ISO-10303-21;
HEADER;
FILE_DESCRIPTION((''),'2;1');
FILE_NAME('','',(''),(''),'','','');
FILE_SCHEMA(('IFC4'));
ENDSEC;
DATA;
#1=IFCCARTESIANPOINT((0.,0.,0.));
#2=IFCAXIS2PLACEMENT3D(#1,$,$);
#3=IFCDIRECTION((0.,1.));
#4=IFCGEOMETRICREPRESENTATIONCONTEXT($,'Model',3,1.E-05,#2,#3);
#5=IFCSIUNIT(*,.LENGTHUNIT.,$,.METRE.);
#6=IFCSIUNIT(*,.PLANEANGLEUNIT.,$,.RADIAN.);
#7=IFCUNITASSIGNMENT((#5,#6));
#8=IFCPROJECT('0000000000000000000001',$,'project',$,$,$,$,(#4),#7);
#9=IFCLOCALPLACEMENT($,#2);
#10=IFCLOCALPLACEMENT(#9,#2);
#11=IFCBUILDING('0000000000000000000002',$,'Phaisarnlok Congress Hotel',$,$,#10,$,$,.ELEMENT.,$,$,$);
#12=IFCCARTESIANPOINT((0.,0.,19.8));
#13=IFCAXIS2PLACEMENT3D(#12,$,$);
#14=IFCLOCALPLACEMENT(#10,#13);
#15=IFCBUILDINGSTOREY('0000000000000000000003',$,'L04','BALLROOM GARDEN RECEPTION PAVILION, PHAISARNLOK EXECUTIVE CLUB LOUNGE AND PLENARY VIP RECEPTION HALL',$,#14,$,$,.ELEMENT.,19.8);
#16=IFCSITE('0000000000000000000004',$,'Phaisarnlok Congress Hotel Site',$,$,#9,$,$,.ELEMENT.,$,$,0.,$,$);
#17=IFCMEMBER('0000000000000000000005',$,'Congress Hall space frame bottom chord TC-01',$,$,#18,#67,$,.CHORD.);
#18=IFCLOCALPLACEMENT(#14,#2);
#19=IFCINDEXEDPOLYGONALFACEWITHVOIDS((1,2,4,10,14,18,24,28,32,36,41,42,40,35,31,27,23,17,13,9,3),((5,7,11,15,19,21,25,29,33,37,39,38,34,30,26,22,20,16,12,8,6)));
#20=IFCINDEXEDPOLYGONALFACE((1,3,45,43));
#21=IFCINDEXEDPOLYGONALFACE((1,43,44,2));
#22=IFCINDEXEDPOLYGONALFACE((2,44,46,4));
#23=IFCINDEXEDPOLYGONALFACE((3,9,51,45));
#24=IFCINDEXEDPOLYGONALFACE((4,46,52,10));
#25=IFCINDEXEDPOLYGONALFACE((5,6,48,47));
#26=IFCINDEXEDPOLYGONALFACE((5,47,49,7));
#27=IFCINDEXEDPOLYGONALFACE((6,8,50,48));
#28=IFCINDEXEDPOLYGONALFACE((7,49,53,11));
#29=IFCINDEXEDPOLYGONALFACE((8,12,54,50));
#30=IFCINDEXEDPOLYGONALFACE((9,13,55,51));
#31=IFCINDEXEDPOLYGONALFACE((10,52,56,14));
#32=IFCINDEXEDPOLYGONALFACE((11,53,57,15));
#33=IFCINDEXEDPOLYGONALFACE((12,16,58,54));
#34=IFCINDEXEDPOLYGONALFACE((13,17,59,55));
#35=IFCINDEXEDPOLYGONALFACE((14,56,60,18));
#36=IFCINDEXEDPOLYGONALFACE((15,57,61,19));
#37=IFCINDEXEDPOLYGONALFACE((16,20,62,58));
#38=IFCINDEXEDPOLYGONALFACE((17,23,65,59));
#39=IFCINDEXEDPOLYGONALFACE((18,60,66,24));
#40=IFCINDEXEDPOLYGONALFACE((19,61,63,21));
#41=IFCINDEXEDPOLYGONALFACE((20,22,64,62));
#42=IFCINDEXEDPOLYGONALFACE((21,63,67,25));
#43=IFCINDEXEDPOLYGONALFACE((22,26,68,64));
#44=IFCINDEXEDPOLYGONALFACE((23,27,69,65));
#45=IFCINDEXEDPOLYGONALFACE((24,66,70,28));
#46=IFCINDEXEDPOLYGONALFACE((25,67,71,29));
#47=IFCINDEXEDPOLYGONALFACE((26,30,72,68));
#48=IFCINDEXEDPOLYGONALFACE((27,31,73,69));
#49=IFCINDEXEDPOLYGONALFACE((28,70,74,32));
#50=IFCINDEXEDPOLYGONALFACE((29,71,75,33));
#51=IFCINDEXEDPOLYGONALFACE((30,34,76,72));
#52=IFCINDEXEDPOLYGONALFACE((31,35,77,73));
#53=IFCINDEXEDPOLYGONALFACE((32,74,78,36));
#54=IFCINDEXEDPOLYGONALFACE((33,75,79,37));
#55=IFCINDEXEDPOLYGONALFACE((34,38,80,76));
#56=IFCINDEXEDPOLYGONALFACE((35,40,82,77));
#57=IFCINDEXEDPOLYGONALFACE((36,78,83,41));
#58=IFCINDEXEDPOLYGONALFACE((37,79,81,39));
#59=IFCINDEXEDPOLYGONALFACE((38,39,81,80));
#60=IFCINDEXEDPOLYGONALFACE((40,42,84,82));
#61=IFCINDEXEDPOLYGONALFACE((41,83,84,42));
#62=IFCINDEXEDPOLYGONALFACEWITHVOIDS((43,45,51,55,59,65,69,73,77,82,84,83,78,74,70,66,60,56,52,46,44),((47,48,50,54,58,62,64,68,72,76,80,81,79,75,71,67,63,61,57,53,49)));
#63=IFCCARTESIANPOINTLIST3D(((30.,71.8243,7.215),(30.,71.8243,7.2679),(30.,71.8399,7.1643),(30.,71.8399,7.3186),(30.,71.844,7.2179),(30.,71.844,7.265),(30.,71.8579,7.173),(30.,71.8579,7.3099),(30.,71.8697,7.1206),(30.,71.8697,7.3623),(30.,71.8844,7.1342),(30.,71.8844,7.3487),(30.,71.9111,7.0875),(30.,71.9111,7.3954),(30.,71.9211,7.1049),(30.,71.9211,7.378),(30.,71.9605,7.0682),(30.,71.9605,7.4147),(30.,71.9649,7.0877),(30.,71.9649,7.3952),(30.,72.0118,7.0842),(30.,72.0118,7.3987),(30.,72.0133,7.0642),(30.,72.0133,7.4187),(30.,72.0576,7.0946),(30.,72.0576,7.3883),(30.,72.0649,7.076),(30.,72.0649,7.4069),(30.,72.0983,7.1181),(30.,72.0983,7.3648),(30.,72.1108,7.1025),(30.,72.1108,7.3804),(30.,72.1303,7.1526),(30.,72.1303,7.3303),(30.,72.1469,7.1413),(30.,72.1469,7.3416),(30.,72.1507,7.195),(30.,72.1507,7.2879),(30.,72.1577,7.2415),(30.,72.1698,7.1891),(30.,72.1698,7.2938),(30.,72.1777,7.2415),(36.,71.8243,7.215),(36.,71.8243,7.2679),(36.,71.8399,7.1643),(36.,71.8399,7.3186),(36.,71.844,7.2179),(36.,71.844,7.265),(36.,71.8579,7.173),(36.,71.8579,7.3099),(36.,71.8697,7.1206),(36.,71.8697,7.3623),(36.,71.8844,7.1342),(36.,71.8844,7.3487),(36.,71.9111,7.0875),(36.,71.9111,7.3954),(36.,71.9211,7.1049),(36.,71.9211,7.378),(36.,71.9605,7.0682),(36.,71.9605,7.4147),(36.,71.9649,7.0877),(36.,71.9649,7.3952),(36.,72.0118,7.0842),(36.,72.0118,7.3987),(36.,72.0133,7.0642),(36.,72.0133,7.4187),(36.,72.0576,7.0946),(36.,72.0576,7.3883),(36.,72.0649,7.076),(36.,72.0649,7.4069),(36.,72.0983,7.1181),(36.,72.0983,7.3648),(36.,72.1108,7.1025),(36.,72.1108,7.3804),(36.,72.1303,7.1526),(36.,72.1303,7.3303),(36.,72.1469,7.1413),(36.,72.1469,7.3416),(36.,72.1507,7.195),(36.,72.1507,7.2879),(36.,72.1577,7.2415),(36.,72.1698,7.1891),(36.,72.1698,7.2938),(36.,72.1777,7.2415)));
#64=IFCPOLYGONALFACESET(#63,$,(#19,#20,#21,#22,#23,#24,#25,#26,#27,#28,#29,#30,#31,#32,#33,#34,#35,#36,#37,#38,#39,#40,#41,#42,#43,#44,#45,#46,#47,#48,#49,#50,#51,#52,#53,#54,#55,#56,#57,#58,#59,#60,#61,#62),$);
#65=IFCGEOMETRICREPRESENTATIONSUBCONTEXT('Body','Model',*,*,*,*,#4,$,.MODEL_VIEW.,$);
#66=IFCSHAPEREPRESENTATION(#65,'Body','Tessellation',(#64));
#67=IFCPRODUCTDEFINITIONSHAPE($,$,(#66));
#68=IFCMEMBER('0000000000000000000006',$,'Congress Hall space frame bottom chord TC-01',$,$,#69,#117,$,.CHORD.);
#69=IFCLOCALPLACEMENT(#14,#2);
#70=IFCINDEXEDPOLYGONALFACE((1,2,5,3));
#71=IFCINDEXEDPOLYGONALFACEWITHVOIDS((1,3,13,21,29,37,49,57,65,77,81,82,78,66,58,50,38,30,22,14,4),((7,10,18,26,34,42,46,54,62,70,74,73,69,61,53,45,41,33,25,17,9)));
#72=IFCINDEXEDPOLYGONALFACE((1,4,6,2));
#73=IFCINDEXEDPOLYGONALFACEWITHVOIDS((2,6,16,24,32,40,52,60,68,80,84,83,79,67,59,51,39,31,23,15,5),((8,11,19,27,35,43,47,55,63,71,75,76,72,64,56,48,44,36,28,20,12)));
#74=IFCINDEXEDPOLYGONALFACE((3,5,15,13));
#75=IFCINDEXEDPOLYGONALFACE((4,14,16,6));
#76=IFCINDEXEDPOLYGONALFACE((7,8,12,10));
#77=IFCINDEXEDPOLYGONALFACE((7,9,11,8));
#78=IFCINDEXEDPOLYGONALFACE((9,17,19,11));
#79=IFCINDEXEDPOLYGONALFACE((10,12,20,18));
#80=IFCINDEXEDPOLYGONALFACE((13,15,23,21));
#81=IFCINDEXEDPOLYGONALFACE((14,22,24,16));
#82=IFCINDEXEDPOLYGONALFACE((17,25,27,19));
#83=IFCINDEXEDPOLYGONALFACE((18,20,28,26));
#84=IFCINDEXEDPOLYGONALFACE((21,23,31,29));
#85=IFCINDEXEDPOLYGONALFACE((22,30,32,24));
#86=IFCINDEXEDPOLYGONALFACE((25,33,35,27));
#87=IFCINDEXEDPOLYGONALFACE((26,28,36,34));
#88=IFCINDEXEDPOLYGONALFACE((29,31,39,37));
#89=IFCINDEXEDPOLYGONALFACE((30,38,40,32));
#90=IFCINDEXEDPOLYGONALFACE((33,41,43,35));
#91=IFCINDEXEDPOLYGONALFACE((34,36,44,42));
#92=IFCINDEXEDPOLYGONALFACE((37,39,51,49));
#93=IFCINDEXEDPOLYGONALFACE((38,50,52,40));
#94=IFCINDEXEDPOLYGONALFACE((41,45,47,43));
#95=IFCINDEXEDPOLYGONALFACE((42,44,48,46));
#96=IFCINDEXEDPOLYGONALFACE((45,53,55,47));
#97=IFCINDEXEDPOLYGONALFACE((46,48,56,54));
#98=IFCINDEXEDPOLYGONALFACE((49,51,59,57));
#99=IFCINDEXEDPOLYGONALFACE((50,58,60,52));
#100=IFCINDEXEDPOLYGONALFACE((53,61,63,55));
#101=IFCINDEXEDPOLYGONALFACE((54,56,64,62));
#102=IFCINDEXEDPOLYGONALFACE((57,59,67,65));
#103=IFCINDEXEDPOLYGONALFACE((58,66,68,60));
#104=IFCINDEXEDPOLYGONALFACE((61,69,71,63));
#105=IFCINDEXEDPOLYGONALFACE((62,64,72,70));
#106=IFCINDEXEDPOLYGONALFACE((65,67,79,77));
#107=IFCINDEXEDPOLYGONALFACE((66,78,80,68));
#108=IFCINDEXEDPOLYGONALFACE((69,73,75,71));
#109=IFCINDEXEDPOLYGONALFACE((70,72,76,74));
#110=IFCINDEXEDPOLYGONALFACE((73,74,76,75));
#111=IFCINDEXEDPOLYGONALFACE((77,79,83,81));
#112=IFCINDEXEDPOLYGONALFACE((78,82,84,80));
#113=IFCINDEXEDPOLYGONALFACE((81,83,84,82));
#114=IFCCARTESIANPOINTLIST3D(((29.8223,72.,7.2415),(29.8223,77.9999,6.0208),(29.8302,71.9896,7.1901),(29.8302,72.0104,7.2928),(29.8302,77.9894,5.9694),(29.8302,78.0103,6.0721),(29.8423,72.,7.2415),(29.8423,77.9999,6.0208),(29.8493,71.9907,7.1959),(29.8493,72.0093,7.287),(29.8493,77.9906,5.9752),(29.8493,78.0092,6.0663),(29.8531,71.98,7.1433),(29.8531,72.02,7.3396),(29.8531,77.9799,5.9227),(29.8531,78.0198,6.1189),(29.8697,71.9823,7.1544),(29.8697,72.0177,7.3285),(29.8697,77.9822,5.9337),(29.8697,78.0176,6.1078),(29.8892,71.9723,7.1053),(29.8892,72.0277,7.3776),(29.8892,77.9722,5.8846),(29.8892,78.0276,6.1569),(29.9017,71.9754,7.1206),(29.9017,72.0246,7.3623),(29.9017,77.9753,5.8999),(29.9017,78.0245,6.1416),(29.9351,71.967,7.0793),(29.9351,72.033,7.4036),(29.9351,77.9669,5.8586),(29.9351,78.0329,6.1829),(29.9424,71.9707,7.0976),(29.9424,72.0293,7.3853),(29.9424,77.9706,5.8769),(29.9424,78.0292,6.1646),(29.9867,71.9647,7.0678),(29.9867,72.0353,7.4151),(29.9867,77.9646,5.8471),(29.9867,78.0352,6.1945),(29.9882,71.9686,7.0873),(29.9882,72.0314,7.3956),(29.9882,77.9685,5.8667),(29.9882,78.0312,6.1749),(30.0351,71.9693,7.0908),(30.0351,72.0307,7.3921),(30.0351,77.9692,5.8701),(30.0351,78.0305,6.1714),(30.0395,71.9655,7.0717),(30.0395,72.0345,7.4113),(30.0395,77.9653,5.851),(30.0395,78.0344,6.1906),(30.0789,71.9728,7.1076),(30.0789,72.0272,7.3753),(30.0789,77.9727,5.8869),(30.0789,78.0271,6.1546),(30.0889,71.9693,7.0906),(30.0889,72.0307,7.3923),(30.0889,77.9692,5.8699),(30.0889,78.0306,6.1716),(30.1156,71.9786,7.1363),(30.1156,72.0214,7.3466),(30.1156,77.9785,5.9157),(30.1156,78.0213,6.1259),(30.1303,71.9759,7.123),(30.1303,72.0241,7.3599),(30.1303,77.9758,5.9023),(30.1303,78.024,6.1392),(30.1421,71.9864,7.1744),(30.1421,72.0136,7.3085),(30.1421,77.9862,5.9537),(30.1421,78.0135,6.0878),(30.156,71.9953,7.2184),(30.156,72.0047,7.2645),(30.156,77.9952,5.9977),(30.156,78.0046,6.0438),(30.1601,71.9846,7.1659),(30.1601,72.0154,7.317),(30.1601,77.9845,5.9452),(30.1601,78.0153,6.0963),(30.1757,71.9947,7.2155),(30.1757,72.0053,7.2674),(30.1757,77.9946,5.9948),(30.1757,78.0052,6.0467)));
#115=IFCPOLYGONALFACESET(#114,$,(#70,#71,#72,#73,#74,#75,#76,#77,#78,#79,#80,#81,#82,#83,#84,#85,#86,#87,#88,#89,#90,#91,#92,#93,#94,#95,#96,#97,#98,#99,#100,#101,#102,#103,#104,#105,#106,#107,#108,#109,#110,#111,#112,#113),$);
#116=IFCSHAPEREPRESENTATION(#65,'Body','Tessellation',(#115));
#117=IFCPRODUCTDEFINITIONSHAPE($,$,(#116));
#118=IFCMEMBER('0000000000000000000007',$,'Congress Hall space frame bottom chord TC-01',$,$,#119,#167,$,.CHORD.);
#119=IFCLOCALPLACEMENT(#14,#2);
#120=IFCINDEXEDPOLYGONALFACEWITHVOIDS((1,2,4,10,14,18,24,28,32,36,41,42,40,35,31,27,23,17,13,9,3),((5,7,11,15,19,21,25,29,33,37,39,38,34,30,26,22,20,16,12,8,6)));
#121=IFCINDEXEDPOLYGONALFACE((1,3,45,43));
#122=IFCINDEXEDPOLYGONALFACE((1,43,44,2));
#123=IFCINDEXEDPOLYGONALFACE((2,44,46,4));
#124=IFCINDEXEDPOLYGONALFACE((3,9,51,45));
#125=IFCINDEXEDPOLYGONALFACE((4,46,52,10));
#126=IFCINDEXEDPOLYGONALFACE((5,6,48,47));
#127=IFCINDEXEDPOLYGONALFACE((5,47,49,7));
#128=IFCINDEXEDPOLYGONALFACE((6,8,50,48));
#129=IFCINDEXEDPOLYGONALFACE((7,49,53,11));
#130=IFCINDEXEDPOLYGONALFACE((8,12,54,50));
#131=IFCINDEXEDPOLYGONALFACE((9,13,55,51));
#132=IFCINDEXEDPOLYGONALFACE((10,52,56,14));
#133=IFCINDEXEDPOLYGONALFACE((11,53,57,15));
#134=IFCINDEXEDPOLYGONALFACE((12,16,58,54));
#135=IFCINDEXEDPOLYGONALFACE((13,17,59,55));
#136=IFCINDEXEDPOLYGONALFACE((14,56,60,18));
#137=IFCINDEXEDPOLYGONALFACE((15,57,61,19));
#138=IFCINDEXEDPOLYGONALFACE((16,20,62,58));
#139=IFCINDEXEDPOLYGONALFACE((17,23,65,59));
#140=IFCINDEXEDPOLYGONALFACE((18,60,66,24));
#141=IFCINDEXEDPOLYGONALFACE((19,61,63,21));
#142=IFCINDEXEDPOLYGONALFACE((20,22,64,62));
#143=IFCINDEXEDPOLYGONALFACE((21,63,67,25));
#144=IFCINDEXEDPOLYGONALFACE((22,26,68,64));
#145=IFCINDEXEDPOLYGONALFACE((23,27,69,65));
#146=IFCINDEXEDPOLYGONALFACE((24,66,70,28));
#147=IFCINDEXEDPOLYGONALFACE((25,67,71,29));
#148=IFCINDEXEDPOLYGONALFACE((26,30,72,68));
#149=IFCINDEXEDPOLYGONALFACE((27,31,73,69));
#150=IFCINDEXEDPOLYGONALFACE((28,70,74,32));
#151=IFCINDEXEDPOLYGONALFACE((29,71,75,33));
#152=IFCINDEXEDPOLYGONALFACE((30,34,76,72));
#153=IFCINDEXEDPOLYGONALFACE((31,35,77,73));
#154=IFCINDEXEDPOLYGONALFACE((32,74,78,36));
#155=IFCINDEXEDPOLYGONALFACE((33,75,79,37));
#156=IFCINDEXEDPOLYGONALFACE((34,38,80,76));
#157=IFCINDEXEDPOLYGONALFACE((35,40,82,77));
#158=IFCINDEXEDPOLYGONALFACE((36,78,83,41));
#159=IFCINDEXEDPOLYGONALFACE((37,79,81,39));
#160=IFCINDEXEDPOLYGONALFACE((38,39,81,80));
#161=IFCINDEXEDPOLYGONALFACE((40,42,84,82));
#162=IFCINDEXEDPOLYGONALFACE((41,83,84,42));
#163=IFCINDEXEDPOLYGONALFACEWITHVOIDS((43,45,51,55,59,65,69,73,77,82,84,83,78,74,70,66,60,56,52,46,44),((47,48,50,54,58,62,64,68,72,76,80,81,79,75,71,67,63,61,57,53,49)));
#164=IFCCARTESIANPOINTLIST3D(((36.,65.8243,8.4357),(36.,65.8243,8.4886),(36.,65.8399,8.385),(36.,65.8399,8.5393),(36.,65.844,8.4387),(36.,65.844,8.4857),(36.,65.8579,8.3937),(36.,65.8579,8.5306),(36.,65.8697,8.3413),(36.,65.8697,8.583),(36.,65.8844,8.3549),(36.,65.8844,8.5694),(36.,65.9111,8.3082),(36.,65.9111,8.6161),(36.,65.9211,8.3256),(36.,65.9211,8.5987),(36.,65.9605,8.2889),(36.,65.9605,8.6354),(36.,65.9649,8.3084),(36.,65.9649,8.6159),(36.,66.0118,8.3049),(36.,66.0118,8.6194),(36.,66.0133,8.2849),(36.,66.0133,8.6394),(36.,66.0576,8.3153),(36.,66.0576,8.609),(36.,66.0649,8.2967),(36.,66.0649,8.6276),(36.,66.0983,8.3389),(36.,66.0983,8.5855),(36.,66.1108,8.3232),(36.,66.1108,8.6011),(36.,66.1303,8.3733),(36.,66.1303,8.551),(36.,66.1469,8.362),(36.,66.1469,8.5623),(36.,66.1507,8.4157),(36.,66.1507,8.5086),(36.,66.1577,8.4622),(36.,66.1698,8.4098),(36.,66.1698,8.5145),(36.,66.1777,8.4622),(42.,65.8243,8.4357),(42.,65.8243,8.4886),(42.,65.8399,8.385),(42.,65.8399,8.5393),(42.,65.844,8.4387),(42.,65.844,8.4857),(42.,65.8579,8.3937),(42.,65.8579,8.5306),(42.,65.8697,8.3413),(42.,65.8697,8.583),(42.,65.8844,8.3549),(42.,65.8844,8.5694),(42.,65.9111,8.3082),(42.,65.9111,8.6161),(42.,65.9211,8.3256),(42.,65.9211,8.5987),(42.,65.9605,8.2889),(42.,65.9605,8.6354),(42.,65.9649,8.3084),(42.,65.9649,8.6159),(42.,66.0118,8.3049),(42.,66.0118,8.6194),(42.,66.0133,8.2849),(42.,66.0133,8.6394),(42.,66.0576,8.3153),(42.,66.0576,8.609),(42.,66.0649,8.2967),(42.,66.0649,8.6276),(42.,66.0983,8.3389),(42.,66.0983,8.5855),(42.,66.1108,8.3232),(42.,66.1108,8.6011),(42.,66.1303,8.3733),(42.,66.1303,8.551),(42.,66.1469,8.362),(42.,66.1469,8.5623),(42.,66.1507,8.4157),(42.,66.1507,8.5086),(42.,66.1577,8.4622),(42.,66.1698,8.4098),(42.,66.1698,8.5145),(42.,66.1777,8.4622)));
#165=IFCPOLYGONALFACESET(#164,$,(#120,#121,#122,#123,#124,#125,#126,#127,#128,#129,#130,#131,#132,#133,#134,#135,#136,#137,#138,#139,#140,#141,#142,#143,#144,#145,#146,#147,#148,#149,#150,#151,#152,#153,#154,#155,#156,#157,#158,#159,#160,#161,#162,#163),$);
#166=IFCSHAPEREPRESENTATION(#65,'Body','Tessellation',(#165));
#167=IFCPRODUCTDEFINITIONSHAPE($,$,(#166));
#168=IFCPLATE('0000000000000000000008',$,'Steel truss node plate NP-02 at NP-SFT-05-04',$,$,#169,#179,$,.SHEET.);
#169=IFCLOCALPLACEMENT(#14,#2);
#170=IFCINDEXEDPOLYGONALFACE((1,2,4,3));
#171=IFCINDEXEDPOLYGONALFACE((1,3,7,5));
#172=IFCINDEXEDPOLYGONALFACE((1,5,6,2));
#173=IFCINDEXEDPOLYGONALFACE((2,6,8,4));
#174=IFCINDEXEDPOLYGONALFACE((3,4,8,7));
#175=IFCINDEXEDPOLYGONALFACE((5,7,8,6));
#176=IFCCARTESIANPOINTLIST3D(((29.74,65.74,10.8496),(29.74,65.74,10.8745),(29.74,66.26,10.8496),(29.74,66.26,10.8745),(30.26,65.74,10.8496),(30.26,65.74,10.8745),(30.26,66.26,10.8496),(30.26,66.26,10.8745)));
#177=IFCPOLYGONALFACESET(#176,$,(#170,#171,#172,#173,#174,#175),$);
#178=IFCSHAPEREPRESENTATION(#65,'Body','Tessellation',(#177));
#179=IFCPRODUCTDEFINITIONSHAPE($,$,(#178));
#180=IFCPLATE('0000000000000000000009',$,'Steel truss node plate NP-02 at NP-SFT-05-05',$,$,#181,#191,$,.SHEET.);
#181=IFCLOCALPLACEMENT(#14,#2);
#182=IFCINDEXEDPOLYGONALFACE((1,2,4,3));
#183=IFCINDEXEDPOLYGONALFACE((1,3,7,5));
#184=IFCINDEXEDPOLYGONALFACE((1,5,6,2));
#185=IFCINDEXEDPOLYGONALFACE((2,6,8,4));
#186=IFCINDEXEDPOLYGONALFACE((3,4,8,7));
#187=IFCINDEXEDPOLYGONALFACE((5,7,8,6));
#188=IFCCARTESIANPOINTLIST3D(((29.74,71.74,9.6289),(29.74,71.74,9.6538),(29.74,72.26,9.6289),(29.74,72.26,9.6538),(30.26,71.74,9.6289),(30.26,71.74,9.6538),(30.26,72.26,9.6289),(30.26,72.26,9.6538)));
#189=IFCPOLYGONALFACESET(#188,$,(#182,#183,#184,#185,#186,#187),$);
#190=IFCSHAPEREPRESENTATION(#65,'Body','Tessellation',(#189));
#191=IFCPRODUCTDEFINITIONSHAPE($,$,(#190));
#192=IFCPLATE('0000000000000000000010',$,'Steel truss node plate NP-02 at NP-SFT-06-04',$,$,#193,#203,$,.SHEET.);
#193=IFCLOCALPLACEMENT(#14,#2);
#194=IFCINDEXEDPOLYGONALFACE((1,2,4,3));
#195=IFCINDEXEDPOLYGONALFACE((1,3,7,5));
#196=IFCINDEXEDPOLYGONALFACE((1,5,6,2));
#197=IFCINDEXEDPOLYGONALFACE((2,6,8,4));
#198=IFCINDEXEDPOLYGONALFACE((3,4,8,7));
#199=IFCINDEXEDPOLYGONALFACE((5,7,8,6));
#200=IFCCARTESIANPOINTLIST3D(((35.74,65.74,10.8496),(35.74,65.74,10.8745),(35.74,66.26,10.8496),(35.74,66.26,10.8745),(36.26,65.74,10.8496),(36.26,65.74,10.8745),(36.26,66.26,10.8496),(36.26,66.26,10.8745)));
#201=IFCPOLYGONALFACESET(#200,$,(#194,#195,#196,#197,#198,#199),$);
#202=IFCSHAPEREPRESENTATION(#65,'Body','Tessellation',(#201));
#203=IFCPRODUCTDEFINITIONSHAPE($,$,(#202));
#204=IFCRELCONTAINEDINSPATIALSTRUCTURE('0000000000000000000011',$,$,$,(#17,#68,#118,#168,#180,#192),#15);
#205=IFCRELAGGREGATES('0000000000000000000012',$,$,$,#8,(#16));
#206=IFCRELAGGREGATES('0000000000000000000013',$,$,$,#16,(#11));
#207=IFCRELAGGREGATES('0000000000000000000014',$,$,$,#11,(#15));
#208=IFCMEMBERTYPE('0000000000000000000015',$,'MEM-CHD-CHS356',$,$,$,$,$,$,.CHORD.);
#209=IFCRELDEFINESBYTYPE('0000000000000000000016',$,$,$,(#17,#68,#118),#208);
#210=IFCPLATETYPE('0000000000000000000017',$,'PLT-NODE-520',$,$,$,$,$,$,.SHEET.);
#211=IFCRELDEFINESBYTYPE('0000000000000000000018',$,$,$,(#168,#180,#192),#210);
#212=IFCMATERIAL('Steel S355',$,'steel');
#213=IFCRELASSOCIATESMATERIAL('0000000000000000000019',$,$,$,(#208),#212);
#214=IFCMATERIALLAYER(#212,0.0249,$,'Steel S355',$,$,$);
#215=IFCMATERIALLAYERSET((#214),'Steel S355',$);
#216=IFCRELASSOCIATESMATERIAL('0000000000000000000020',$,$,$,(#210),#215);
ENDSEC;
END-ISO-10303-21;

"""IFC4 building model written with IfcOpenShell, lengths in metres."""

from ifc_helpers import new_model, si_unit, direction, frame, origin, origin_2d, place, context, subcontext, project, spatial, rectangle, hollow_circle, extrude, material, layer, layer_set, material_profile, profile_set, type_object, element, save


model = new_model("IFC4")

# Units and contexts
model_context = context("Model", 3, precision=1e-05, world=origin(), true_north=direction((0.0, 1.0)))
body_context = subcontext(model_context, "Body", "Model", "MODEL_VIEW")
ifc_project = project(units=[si_unit("LENGTHUNIT", "METRE"), si_unit("PLANEANGLEUNIT", "RADIAN")], contexts=[model_context])

# Site, building, storey
site_placement = place(None, origin())
site = spatial("IfcSite", under=ifc_project, at=site_placement, Name="Phaisarnlok Congress Hotel Site", CompositionType="ELEMENT", RefElevation=0.0)
building_placement = place(site_placement, origin())
building = spatial("IfcBuilding", under=site, at=building_placement, Name="Phaisarnlok Congress Hotel", CompositionType="ELEMENT")
storey_placement = place(building_placement, frame((0.0, 0.0, 19.8)))
storey = spatial("IfcBuildingStorey", under=building, at=storey_placement, Name="L04", Description="BALLROOM GARDEN RECEPTION PAVILION, PHAISARNLOK EXECUTIVE CLUB LOUNGE AND PLENARY VIP RECEPTION HALL", CompositionType="ELEMENT", Elevation=19.8)

# Members
ifc_material = material(Name="Steel S355", Category="steel")
ifc_material_profile_1 = material_profile(ifc_material, hollow_circle(Radius=0.1777, WallThickness=0.02, at=origin_2d()), Name="CHS 355.6x20")
ifc_profile_set_1 = profile_set([ifc_material_profile_1], Name="Steel S355")
member_type_1 = type_object("IfcMemberType", Name="MEM-CHD-CHS356", PredefinedType="CHORD", material=ifc_profile_set_1)
member_1_placement = place(storey_placement, frame((30.0, 72.0, 7.2415), z_axis=(1.0, 0.0, 0.0), x_axis=(0.0, 1.0, 0.0)))
element("IfcMember", 1, at=member_1_placement, inside=storey, type_object=member_type_1, Name="Congress Hall space frame bottom chord TC-01", PredefinedType="CHORD", context=body_context, shape_type="SweptSolid", body=[
    extrude(hollow_circle(Radius=0.1777, WallThickness=0.02, at=origin_2d()), origin(), (0.0, 0.0, 1.0), 6.0),
])
member_2_placement = place(storey_placement, frame((30.0, 72.0, 7.2415), z_axis=(0.0, 0.979925, -0.199366), x_axis=(-1.0, 0.0, 0.0)))
element("IfcMember", 2, at=member_2_placement, inside=storey, type_object=member_type_1, Name="Congress Hall space frame bottom chord TC-01", PredefinedType="CHORD", context=body_context, shape_type="SweptSolid", body=[
    extrude(hollow_circle(Radius=0.1777, WallThickness=0.02, at=origin_2d()), origin(), (0.0, 0.0, 1.0), 6.1228),
])
member_3_placement = place(storey_placement, frame((36.0, 66.0, 8.4622), z_axis=(1.0, 0.0, 0.0), x_axis=(0.0, 1.0, 0.0)))
element("IfcMember", 3, at=member_3_placement, inside=storey, type_object=member_type_1, Name="Congress Hall space frame bottom chord TC-01", PredefinedType="CHORD", context=body_context, shape_type="SweptSolid", body=[
    extrude(hollow_circle(Radius=0.1777, WallThickness=0.02, at=origin_2d()), origin(), (0.0, 0.0, 1.0), 6.0),
])

# Plates
ifc_layer_1 = layer(ifc_material, 0.0249, Name="Steel S355")
ifc_layer_set_1 = layer_set([ifc_layer_1], Name="Steel S355")
plate_type_1 = type_object("IfcPlateType", Name="PLT-NODE-520", PredefinedType="SHEET", material=ifc_layer_set_1)
for number, where, z_axis, x_axis, name in (
    (4, (30.0, 66.0, 10.8496), (0.0, 0.0, 1.0), (1.0, 0.0, 0.0), "Steel truss node plate NP-02 at NP-SFT-05-04"),
    (5, (30.0, 72.0, 9.6289), (0.0, 0.0, 1.0), (1.0, 0.0, 0.0), "Steel truss node plate NP-02 at NP-SFT-05-05"),
    (6, (36.0, 66.0, 10.8496), (0.0, 0.0, 1.0), (1.0, 0.0, 0.0), "Steel truss node plate NP-02 at NP-SFT-06-04"),
):
    element("IfcPlate", number, at=place(storey_placement, frame(where, z_axis=z_axis, x_axis=x_axis)), inside=storey, type_object=plate_type_1, Name=name, PredefinedType="SHEET", context=body_context, shape_type="SweptSolid", body=[
        extrude(rectangle(XDim=0.52, YDim=0.52, at=origin_2d()), origin(), (0.0, 0.0, 1.0), 0.0249),
    ])

save(model, "model.ifc")
